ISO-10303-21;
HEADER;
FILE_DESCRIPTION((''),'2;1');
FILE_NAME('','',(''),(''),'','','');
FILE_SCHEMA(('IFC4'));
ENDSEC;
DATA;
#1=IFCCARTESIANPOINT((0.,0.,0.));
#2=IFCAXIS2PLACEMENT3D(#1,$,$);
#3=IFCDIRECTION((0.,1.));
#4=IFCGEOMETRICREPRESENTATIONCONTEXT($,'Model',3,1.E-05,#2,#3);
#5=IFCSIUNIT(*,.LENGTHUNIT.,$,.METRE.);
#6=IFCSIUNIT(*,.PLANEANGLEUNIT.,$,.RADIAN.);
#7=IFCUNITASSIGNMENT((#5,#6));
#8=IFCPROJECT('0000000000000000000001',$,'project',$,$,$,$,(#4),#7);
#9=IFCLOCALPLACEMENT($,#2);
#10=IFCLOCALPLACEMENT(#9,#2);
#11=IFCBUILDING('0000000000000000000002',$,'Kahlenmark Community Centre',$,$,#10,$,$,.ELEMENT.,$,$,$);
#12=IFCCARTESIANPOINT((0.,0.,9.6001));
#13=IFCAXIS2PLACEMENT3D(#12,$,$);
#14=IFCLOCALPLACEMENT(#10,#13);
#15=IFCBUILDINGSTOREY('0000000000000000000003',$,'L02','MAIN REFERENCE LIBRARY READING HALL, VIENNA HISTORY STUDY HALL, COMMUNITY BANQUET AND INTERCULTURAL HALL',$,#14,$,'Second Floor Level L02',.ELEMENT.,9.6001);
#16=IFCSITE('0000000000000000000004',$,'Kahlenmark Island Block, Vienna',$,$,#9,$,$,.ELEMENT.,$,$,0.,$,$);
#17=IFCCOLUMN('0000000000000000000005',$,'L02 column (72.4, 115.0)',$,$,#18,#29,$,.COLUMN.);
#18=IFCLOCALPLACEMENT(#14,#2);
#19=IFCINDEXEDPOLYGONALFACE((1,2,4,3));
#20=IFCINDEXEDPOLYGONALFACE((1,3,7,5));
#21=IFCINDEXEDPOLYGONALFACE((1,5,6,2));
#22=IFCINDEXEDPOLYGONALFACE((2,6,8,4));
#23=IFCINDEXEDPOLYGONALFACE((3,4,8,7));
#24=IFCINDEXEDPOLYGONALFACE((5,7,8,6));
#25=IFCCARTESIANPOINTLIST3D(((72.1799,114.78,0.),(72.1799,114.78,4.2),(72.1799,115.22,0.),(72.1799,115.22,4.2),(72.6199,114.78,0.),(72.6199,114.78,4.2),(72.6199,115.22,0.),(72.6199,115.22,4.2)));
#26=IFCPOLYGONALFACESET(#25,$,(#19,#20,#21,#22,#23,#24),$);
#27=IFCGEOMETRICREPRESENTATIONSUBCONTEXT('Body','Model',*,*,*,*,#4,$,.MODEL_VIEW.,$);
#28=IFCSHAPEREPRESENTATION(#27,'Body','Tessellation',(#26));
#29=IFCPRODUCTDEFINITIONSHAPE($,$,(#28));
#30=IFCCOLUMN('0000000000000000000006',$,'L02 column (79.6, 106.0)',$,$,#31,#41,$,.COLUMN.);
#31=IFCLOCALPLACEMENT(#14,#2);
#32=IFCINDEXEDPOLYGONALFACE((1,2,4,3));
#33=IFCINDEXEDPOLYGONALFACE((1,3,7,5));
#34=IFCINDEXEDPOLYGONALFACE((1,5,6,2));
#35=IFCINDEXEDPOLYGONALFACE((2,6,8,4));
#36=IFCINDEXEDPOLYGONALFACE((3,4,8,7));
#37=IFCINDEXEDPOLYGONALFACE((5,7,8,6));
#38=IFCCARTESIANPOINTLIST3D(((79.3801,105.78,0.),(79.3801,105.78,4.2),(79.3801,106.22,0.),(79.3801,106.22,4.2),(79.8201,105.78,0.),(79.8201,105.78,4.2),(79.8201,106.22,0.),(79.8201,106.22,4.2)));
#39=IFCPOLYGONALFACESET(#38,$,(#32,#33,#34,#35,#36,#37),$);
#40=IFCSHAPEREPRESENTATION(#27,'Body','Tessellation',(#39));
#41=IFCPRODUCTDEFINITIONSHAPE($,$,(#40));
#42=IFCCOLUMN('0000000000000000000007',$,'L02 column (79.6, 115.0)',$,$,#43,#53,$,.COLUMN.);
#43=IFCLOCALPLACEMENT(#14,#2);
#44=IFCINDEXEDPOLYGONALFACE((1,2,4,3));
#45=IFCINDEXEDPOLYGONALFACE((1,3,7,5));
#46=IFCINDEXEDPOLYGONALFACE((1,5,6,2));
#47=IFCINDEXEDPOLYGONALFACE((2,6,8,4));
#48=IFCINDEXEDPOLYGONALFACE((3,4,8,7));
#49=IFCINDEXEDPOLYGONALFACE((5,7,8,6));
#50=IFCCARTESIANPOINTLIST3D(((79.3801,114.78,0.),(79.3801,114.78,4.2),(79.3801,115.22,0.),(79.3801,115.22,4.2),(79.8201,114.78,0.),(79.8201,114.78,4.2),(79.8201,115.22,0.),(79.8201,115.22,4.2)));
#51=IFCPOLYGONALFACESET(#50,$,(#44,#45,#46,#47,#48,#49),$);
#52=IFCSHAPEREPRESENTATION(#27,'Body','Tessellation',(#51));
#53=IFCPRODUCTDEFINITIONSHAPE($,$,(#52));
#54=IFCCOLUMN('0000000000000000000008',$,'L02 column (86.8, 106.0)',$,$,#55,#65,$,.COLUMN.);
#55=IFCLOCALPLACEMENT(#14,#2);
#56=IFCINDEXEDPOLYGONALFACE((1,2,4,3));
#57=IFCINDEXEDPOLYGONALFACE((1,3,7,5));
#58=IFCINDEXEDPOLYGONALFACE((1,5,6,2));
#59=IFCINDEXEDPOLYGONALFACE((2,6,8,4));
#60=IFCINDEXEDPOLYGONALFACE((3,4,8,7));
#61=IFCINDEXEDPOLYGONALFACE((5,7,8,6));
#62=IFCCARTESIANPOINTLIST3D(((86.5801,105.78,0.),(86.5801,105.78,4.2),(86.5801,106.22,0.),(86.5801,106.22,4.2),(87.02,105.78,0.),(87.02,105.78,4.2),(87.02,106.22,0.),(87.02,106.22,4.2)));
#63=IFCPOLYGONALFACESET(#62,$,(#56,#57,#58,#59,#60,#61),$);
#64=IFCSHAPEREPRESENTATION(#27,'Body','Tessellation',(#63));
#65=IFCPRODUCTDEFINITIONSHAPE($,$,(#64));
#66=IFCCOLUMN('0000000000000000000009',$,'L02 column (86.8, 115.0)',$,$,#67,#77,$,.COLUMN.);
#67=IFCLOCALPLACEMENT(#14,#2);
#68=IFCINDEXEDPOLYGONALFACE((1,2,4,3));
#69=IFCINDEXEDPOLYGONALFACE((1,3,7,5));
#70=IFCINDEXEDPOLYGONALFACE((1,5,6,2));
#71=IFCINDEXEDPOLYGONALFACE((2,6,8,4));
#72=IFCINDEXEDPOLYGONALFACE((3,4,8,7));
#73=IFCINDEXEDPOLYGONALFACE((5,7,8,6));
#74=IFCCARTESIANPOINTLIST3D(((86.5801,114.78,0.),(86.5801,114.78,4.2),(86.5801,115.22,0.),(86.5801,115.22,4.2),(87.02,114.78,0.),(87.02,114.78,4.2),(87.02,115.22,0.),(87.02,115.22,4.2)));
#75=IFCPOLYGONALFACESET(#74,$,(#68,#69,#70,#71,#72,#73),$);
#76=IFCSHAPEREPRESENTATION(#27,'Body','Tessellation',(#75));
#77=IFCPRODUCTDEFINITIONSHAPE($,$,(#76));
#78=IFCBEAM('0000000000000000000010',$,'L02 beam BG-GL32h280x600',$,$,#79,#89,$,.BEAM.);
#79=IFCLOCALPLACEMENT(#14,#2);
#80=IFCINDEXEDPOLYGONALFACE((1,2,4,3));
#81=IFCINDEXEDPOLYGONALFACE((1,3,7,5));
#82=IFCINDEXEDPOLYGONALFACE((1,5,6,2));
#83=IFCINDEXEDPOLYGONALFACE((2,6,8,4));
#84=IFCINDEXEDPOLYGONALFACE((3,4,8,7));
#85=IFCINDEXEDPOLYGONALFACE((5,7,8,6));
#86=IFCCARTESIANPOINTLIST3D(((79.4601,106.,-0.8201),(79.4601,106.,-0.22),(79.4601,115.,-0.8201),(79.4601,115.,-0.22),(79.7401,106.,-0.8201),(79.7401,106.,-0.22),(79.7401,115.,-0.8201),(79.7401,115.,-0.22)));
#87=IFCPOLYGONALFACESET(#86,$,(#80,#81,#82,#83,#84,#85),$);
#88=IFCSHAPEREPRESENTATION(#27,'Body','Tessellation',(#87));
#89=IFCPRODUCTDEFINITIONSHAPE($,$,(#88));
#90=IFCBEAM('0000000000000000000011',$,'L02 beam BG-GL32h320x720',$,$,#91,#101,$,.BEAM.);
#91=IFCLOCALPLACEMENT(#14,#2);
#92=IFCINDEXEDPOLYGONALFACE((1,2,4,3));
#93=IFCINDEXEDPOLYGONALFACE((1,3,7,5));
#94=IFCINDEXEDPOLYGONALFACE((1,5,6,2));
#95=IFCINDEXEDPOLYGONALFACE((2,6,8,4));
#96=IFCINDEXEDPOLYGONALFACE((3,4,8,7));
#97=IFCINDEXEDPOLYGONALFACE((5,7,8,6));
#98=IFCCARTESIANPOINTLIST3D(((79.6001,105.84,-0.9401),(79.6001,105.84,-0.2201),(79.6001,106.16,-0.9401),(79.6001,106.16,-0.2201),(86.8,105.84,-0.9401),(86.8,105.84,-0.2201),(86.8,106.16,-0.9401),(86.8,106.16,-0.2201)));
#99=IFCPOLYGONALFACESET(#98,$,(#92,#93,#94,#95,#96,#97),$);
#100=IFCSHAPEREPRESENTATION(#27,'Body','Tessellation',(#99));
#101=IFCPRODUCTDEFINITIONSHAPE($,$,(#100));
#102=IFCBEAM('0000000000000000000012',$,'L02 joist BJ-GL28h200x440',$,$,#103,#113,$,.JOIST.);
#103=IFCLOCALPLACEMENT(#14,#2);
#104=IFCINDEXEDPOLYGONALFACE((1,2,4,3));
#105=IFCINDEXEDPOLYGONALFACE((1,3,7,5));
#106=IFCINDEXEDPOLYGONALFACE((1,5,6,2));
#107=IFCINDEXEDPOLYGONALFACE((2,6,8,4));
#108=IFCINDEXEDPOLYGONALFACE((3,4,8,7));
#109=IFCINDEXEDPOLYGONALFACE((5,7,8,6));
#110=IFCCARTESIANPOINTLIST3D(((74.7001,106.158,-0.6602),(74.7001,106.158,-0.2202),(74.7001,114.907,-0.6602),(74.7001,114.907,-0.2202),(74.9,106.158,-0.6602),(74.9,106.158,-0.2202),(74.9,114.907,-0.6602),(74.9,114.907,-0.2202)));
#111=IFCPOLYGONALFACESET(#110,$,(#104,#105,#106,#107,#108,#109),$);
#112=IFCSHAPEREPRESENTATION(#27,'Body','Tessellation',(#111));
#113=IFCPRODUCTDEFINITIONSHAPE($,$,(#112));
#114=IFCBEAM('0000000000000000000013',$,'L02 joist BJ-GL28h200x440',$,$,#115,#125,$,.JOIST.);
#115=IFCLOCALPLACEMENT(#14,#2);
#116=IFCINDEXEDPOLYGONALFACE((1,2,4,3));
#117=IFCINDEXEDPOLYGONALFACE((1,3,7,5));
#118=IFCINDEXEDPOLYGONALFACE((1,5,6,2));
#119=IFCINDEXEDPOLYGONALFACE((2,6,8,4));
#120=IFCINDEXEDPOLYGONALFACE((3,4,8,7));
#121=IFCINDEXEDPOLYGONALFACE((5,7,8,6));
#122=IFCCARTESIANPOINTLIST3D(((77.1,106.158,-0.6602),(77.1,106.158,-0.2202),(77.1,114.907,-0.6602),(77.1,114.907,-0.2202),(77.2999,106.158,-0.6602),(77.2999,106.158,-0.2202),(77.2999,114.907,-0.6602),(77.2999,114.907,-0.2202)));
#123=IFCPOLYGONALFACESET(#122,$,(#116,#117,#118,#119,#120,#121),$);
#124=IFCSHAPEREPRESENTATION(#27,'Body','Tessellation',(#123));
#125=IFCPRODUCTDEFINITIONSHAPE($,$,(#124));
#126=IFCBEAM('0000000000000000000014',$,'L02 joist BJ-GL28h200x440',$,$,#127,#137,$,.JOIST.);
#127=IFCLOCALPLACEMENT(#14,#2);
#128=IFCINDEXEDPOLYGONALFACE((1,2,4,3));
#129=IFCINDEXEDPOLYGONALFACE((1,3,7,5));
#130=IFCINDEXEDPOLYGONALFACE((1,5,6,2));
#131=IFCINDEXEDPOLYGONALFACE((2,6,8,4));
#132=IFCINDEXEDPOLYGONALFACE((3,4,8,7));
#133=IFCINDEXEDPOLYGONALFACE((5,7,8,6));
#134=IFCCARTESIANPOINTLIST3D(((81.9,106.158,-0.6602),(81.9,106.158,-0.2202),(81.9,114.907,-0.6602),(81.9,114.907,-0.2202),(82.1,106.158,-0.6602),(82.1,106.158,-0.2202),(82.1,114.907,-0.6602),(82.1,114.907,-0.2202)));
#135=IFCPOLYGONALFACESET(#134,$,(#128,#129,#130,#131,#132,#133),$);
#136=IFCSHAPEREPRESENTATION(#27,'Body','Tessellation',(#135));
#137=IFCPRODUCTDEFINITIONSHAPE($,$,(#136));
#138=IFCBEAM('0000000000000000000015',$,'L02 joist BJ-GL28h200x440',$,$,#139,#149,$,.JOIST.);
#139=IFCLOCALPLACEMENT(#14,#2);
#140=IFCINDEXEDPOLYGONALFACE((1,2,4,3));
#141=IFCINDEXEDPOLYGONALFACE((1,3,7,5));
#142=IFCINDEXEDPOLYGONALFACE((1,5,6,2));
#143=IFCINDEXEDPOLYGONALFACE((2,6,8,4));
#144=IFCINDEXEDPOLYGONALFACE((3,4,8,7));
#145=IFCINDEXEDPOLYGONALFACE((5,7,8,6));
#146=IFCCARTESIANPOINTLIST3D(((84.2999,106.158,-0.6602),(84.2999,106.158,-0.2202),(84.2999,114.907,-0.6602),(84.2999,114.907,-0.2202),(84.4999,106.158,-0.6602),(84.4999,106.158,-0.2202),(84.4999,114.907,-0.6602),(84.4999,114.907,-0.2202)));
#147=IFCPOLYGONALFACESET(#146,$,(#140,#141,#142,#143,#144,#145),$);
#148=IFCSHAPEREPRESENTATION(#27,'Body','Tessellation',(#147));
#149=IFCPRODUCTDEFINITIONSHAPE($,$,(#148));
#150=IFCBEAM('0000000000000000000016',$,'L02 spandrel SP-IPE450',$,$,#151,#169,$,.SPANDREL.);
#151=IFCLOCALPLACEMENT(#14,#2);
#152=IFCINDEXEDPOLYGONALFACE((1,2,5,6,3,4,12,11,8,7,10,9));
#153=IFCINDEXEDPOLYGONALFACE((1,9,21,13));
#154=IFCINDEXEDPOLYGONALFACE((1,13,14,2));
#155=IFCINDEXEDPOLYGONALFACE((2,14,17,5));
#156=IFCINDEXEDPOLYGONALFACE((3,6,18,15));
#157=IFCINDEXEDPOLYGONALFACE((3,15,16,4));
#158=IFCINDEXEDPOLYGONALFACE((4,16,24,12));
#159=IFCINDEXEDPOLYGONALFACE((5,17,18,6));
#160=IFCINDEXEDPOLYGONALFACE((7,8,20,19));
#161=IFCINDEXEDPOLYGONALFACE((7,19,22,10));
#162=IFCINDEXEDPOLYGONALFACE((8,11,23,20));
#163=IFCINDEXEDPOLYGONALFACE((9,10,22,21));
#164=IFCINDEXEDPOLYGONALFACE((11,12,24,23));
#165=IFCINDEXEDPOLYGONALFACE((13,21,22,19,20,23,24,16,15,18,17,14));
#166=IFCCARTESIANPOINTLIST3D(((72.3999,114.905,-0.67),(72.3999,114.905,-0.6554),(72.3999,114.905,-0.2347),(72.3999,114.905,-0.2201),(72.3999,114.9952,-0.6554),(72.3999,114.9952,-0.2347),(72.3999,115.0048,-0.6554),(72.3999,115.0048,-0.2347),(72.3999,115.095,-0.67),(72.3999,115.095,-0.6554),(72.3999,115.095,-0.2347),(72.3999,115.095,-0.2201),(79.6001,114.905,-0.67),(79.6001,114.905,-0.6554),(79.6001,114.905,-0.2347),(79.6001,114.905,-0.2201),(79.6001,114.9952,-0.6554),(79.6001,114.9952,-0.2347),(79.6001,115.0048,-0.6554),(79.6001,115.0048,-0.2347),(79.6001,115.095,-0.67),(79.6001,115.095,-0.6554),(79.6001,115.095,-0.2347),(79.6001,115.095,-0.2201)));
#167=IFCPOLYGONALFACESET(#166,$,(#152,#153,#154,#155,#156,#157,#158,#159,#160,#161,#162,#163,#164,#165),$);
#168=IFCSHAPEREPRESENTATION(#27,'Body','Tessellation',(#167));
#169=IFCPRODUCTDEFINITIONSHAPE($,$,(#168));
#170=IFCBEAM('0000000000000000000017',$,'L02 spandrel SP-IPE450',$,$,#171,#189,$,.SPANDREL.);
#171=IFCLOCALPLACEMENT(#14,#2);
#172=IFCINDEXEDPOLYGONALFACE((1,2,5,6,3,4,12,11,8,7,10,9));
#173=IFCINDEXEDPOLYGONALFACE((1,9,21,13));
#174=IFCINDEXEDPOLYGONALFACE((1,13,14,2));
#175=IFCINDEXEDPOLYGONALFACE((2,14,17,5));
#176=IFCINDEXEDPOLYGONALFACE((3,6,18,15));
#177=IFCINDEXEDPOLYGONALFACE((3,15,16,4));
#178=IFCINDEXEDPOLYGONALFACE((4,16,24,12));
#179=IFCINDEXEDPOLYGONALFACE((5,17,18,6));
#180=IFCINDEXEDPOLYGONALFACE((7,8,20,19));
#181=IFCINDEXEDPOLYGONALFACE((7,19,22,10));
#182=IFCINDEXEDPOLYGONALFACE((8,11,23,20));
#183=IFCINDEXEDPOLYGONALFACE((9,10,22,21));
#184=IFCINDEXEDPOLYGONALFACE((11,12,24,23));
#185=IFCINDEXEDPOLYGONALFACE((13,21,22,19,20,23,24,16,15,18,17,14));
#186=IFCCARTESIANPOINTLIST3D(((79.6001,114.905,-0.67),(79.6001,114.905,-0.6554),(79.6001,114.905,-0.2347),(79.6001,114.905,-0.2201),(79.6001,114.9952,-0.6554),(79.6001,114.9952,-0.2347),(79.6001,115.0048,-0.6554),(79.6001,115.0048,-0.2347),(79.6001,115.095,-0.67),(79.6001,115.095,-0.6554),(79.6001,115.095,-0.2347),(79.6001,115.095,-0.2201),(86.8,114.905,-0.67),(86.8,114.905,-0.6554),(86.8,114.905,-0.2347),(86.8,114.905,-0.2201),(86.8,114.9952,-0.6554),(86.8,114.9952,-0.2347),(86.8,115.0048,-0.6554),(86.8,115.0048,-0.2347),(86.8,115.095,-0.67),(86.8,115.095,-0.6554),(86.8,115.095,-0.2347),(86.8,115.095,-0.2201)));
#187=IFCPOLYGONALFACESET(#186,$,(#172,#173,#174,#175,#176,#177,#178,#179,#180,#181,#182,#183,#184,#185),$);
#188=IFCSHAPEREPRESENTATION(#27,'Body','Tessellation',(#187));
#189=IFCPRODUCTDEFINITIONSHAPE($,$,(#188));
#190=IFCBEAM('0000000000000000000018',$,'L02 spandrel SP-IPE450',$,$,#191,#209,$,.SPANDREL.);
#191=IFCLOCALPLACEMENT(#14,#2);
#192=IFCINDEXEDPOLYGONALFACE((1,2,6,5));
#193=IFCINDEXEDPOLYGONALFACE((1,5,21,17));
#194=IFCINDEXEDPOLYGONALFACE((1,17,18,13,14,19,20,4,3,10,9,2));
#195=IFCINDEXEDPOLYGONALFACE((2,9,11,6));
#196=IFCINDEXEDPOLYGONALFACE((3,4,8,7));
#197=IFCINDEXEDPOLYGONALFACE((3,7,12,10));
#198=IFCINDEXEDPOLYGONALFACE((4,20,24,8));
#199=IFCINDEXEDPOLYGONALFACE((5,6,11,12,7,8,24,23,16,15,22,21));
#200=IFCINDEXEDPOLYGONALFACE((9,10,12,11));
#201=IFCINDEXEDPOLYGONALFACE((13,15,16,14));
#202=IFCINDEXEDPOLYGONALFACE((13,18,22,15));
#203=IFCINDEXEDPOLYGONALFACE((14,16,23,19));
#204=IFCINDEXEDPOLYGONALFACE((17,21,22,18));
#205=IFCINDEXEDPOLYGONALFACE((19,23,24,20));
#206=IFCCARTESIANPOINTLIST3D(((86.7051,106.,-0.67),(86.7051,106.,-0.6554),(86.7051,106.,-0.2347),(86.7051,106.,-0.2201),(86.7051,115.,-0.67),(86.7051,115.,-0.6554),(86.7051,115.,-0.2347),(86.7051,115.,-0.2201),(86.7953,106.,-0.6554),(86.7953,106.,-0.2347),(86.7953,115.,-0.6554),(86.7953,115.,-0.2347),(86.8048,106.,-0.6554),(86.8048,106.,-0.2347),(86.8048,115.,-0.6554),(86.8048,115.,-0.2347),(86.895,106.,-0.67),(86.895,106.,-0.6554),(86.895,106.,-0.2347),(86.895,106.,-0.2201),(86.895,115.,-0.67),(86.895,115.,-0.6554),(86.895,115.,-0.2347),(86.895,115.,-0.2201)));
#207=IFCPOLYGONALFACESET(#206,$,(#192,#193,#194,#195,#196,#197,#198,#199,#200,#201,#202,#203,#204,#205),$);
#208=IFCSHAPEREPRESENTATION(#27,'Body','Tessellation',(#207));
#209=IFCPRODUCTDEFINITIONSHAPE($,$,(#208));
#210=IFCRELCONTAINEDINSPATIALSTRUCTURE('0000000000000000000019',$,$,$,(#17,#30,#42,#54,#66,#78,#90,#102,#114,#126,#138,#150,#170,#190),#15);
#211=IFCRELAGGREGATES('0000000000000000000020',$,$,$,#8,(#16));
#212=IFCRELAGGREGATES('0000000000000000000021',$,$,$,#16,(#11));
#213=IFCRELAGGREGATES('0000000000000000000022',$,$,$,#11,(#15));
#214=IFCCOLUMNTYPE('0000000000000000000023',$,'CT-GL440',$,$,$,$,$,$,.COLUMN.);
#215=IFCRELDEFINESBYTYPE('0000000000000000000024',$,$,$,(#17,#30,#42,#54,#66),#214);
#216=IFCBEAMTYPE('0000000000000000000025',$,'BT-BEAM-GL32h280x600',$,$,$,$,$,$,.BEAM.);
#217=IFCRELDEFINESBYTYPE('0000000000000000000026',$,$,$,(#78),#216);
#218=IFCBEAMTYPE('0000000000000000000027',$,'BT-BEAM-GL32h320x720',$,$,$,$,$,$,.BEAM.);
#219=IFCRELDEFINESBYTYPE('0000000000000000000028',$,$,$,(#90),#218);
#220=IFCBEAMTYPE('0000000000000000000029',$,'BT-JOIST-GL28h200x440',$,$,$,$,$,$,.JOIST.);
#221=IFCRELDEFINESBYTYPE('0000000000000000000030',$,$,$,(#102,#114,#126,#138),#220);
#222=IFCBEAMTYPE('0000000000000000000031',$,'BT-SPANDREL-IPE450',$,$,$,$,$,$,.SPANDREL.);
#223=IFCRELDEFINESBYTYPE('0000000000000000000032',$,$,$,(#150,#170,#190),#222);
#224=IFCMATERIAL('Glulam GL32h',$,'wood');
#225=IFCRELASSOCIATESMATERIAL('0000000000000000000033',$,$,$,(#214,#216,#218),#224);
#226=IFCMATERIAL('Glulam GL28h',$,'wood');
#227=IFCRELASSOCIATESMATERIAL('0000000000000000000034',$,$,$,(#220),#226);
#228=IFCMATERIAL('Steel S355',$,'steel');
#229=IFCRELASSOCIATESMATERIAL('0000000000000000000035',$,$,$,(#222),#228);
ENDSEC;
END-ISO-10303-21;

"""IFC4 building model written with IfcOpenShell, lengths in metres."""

from ifc_helpers import new_model, si_unit, direction, frame, origin, origin_2d, place, context, subcontext, project, spatial, rectangle, i_section, extrude, material, material_profile, profile_set, type_object, element, save


model = new_model("IFC4")

# Units and contexts
model_context = context("Model", 3, precision=1e-05, world=origin(), true_north=direction((0.0, 1.0)))
body_context = subcontext(model_context, "Body", "Model", "MODEL_VIEW")
ifc_project = project(units=[si_unit("LENGTHUNIT", "METRE"), si_unit("PLANEANGLEUNIT", "RADIAN")], contexts=[model_context])

# Site, building, storey
site_placement = place(None, origin())
site = spatial("IfcSite", under=ifc_project, at=site_placement, Name="Kahlenmark Island Block, Vienna", CompositionType="ELEMENT", RefElevation=0.0)
building_placement = place(site_placement, origin())
building = spatial("IfcBuilding", under=site, at=building_placement, Name="Kahlenmark Community Centre", CompositionType="ELEMENT")
storey_placement = place(building_placement, frame((0.0, 0.0, 9.6001)))
storey = spatial("IfcBuildingStorey", under=building, at=storey_placement, Name="L02", Description="MAIN REFERENCE LIBRARY READING HALL, VIENNA HISTORY STUDY HALL, COMMUNITY BANQUET AND INTERCULTURAL HALL", LongName="Second Floor Level L02", CompositionType="ELEMENT", Elevation=9.6001)

# Columns
ifc_material_1 = material(Name="Glulam GL32h", Category="wood")
ifc_material_profile_1 = material_profile(ifc_material_1, rectangle(XDim=0.4399, YDim=0.4399, at=origin_2d()), Name="GL32h 440x440")
ifc_profile_set_1 = profile_set([ifc_material_profile_1], Name="Glulam GL32h")
column_type = type_object("IfcColumnType", Name="CT-GL440", PredefinedType="COLUMN", material=ifc_profile_set_1)
for number, where, z_axis, x_axis, name in (
    (1, (72.3999, 115.0, 0.0), (0.0, 0.0, 1.0), (1.0, 0.0, 0.0), "L02 column (72.4, 115.0)"),
    (2, (79.6001, 106.0, 0.0), (0.0, 0.0, 1.0), (1.0, 0.0, 0.0), "L02 column (79.6, 106.0)"),
    (3, (79.6001, 115.0, 0.0), (0.0, 0.0, 1.0), (1.0, 0.0, 0.0), "L02 column (79.6, 115.0)"),
    (4, (86.8, 106.0, 0.0), (0.0, 0.0, 1.0), (1.0, 0.0, 0.0), "L02 column (86.8, 106.0)"),
    (5, (86.8, 115.0, 0.0), (0.0, 0.0, 1.0), (1.0, 0.0, 0.0), "L02 column (86.8, 115.0)"),
):
    element("IfcColumn", number, at=place(storey_placement, frame(where, z_axis=z_axis, x_axis=x_axis)), inside=storey, type_object=column_type, Name=name, PredefinedType="COLUMN", context=body_context, shape_type="SweptSolid", body=[
        extrude(rectangle(XDim=0.4399, YDim=0.4399, at=origin_2d()), origin(), (0.0, 0.0, 1.0), 4.2),
    ])

# Beams
ifc_material_profile_2 = material_profile(ifc_material_1, rectangle(XDim=0.28, YDim=0.6001, at=origin_2d()), Name="GL32h 280x600")
ifc_profile_set_2 = profile_set([ifc_material_profile_2], Name="Glulam GL32h")
beam_type_1 = type_object("IfcBeamType", Name="BT-BEAM-GL32h280x600", PredefinedType="BEAM", material=ifc_profile_set_2)
beam_1_placement = place(storey_placement, frame((79.6001, 106.0, -0.52), z_axis=(0.0, 1.0, 0.0), x_axis=(-1.0, 0.0, 0.0)))
element("IfcBeam", 6, at=beam_1_placement, inside=storey, type_object=beam_type_1, Name="L02 beam BG-GL32h280x600", PredefinedType="BEAM", context=body_context, shape_type="SweptSolid", body=[
    extrude(rectangle(XDim=0.28, YDim=0.6001, at=origin_2d()), origin(), (0.0, 0.0, 1.0), 9.0),
])
ifc_material_profile_3 = material_profile(ifc_material_1, rectangle(XDim=0.3201, YDim=0.72, at=origin_2d()), Name="GL32h 320x720")
ifc_profile_set_3 = profile_set([ifc_material_profile_3], Name="Glulam GL32h")
beam_type_2 = type_object("IfcBeamType", Name="BT-BEAM-GL32h320x720", PredefinedType="BEAM", material=ifc_profile_set_3)
beam_2_placement = place(storey_placement, frame((79.6001, 106.0, -0.5801), z_axis=(1.0, 0.0, 0.0), x_axis=(0.0, 1.0, 0.0)))
element("IfcBeam", 7, at=beam_2_placement, inside=storey, type_object=beam_type_2, Name="L02 beam BG-GL32h320x720", PredefinedType="BEAM", context=body_context, shape_type="SweptSolid", body=[
    extrude(rectangle(XDim=0.3201, YDim=0.72, at=origin_2d()), origin(), (0.0, 0.0, 1.0), 7.2),
])
ifc_material_2 = material(Name="Glulam GL28h", Category="wood")
ifc_material_profile_4 = material_profile(ifc_material_2, rectangle(XDim=0.2, YDim=0.4399, at=origin_2d()), Name="GL28h 200x440")
ifc_profile_set_4 = profile_set([ifc_material_profile_4], Name="Glulam GL28h")
beam_type_3 = type_object("IfcBeamType", Name="BT-JOIST-GL28h200x440", PredefinedType="JOIST", material=ifc_profile_set_4)
for number, where, z_axis, x_axis, name in (
    (8, (74.8, 106.158, -0.4402), (0.0, 1.0, 0.0), (-1.0, 0.0, 0.0), "L02 joist BJ-GL28h200x440"),
    (9, (77.2, 106.158, -0.4402), (0.0, 1.0, 0.0), (-1.0, 0.0, 0.0), "L02 joist BJ-GL28h200x440"),
    (10, (82.0, 106.158, -0.4402), (0.0, 1.0, 0.0), (-1.0, 0.0, 0.0), "L02 joist BJ-GL28h200x440"),
    (11, (84.3999, 106.158, -0.4402), (0.0, 1.0, 0.0), (-1.0, 0.0, 0.0), "L02 joist BJ-GL28h200x440"),
):
    element("IfcBeam", number, at=place(storey_placement, frame(where, z_axis=z_axis, x_axis=x_axis)), inside=storey, type_object=beam_type_3, Name=name, PredefinedType="JOIST", context=body_context, shape_type="SweptSolid", body=[
        extrude(rectangle(XDim=0.2, YDim=0.4399, at=origin_2d()), origin(), (0.0, 0.0, 1.0), 8.749),
    ])
ifc_material_3 = material(Name="Steel S355", Category="steel")
ifc_material_profile_5 = material_profile(ifc_material_3, i_section(OverallWidth=0.1899, OverallDepth=0.45, WebThickness=0.0095, FlangeThickness=0.0146, at=origin_2d()), Name="IPE 450")
ifc_profile_set_5 = profile_set([ifc_material_profile_5], Name="Steel S355")
beam_type_4 = type_object("IfcBeamType", Name="BT-SPANDREL-IPE450", PredefinedType="SPANDREL", material=ifc_profile_set_5)
beam_3_placement = place(storey_placement, frame((72.3999, 115.0, -0.4451), z_axis=(1.0, 0.0, 0.0), x_axis=(0.0, 1.0, 0.0)))
element("IfcBeam", 12, at=beam_3_placement, inside=storey, type_object=beam_type_4, Name="L02 spandrel SP-IPE450", PredefinedType="SPANDREL", context=body_context, shape_type="SweptSolid", body=[
    extrude(i_section(OverallWidth=0.1899, OverallDepth=0.45, WebThickness=0.0095, FlangeThickness=0.0146, at=origin_2d()), origin(), (0.0, 0.0, 1.0), 7.2002),
])
beam_4_placement = place(storey_placement, frame((79.6001, 115.0, -0.4451), z_axis=(1.0, 0.0, 0.0), x_axis=(0.0, 1.0, 0.0)))
element("IfcBeam", 13, at=beam_4_placement, inside=storey, type_object=beam_type_4, Name="L02 spandrel SP-IPE450", PredefinedType="SPANDREL", context=body_context, shape_type="SweptSolid", body=[
    extrude(i_section(OverallWidth=0.1899, OverallDepth=0.45, WebThickness=0.0095, FlangeThickness=0.0146, at=origin_2d()), origin(), (0.0, 0.0, 1.0), 7.2),
])
beam_5_placement = place(storey_placement, frame((86.8, 106.0, -0.4451), z_axis=(0.0, 1.0, 0.0), x_axis=(-1.0, 0.0, 0.0)))
element("IfcBeam", 14, at=beam_5_placement, inside=storey, type_object=beam_type_4, Name="L02 spandrel SP-IPE450", PredefinedType="SPANDREL", context=body_context, shape_type="SweptSolid", body=[
    extrude(i_section(OverallWidth=0.1899, OverallDepth=0.45, WebThickness=0.0095, FlangeThickness=0.0146, at=origin_2d()), origin(), (0.0, 0.0, 1.0), 9.0),
])

save(model, "model.ifc")
